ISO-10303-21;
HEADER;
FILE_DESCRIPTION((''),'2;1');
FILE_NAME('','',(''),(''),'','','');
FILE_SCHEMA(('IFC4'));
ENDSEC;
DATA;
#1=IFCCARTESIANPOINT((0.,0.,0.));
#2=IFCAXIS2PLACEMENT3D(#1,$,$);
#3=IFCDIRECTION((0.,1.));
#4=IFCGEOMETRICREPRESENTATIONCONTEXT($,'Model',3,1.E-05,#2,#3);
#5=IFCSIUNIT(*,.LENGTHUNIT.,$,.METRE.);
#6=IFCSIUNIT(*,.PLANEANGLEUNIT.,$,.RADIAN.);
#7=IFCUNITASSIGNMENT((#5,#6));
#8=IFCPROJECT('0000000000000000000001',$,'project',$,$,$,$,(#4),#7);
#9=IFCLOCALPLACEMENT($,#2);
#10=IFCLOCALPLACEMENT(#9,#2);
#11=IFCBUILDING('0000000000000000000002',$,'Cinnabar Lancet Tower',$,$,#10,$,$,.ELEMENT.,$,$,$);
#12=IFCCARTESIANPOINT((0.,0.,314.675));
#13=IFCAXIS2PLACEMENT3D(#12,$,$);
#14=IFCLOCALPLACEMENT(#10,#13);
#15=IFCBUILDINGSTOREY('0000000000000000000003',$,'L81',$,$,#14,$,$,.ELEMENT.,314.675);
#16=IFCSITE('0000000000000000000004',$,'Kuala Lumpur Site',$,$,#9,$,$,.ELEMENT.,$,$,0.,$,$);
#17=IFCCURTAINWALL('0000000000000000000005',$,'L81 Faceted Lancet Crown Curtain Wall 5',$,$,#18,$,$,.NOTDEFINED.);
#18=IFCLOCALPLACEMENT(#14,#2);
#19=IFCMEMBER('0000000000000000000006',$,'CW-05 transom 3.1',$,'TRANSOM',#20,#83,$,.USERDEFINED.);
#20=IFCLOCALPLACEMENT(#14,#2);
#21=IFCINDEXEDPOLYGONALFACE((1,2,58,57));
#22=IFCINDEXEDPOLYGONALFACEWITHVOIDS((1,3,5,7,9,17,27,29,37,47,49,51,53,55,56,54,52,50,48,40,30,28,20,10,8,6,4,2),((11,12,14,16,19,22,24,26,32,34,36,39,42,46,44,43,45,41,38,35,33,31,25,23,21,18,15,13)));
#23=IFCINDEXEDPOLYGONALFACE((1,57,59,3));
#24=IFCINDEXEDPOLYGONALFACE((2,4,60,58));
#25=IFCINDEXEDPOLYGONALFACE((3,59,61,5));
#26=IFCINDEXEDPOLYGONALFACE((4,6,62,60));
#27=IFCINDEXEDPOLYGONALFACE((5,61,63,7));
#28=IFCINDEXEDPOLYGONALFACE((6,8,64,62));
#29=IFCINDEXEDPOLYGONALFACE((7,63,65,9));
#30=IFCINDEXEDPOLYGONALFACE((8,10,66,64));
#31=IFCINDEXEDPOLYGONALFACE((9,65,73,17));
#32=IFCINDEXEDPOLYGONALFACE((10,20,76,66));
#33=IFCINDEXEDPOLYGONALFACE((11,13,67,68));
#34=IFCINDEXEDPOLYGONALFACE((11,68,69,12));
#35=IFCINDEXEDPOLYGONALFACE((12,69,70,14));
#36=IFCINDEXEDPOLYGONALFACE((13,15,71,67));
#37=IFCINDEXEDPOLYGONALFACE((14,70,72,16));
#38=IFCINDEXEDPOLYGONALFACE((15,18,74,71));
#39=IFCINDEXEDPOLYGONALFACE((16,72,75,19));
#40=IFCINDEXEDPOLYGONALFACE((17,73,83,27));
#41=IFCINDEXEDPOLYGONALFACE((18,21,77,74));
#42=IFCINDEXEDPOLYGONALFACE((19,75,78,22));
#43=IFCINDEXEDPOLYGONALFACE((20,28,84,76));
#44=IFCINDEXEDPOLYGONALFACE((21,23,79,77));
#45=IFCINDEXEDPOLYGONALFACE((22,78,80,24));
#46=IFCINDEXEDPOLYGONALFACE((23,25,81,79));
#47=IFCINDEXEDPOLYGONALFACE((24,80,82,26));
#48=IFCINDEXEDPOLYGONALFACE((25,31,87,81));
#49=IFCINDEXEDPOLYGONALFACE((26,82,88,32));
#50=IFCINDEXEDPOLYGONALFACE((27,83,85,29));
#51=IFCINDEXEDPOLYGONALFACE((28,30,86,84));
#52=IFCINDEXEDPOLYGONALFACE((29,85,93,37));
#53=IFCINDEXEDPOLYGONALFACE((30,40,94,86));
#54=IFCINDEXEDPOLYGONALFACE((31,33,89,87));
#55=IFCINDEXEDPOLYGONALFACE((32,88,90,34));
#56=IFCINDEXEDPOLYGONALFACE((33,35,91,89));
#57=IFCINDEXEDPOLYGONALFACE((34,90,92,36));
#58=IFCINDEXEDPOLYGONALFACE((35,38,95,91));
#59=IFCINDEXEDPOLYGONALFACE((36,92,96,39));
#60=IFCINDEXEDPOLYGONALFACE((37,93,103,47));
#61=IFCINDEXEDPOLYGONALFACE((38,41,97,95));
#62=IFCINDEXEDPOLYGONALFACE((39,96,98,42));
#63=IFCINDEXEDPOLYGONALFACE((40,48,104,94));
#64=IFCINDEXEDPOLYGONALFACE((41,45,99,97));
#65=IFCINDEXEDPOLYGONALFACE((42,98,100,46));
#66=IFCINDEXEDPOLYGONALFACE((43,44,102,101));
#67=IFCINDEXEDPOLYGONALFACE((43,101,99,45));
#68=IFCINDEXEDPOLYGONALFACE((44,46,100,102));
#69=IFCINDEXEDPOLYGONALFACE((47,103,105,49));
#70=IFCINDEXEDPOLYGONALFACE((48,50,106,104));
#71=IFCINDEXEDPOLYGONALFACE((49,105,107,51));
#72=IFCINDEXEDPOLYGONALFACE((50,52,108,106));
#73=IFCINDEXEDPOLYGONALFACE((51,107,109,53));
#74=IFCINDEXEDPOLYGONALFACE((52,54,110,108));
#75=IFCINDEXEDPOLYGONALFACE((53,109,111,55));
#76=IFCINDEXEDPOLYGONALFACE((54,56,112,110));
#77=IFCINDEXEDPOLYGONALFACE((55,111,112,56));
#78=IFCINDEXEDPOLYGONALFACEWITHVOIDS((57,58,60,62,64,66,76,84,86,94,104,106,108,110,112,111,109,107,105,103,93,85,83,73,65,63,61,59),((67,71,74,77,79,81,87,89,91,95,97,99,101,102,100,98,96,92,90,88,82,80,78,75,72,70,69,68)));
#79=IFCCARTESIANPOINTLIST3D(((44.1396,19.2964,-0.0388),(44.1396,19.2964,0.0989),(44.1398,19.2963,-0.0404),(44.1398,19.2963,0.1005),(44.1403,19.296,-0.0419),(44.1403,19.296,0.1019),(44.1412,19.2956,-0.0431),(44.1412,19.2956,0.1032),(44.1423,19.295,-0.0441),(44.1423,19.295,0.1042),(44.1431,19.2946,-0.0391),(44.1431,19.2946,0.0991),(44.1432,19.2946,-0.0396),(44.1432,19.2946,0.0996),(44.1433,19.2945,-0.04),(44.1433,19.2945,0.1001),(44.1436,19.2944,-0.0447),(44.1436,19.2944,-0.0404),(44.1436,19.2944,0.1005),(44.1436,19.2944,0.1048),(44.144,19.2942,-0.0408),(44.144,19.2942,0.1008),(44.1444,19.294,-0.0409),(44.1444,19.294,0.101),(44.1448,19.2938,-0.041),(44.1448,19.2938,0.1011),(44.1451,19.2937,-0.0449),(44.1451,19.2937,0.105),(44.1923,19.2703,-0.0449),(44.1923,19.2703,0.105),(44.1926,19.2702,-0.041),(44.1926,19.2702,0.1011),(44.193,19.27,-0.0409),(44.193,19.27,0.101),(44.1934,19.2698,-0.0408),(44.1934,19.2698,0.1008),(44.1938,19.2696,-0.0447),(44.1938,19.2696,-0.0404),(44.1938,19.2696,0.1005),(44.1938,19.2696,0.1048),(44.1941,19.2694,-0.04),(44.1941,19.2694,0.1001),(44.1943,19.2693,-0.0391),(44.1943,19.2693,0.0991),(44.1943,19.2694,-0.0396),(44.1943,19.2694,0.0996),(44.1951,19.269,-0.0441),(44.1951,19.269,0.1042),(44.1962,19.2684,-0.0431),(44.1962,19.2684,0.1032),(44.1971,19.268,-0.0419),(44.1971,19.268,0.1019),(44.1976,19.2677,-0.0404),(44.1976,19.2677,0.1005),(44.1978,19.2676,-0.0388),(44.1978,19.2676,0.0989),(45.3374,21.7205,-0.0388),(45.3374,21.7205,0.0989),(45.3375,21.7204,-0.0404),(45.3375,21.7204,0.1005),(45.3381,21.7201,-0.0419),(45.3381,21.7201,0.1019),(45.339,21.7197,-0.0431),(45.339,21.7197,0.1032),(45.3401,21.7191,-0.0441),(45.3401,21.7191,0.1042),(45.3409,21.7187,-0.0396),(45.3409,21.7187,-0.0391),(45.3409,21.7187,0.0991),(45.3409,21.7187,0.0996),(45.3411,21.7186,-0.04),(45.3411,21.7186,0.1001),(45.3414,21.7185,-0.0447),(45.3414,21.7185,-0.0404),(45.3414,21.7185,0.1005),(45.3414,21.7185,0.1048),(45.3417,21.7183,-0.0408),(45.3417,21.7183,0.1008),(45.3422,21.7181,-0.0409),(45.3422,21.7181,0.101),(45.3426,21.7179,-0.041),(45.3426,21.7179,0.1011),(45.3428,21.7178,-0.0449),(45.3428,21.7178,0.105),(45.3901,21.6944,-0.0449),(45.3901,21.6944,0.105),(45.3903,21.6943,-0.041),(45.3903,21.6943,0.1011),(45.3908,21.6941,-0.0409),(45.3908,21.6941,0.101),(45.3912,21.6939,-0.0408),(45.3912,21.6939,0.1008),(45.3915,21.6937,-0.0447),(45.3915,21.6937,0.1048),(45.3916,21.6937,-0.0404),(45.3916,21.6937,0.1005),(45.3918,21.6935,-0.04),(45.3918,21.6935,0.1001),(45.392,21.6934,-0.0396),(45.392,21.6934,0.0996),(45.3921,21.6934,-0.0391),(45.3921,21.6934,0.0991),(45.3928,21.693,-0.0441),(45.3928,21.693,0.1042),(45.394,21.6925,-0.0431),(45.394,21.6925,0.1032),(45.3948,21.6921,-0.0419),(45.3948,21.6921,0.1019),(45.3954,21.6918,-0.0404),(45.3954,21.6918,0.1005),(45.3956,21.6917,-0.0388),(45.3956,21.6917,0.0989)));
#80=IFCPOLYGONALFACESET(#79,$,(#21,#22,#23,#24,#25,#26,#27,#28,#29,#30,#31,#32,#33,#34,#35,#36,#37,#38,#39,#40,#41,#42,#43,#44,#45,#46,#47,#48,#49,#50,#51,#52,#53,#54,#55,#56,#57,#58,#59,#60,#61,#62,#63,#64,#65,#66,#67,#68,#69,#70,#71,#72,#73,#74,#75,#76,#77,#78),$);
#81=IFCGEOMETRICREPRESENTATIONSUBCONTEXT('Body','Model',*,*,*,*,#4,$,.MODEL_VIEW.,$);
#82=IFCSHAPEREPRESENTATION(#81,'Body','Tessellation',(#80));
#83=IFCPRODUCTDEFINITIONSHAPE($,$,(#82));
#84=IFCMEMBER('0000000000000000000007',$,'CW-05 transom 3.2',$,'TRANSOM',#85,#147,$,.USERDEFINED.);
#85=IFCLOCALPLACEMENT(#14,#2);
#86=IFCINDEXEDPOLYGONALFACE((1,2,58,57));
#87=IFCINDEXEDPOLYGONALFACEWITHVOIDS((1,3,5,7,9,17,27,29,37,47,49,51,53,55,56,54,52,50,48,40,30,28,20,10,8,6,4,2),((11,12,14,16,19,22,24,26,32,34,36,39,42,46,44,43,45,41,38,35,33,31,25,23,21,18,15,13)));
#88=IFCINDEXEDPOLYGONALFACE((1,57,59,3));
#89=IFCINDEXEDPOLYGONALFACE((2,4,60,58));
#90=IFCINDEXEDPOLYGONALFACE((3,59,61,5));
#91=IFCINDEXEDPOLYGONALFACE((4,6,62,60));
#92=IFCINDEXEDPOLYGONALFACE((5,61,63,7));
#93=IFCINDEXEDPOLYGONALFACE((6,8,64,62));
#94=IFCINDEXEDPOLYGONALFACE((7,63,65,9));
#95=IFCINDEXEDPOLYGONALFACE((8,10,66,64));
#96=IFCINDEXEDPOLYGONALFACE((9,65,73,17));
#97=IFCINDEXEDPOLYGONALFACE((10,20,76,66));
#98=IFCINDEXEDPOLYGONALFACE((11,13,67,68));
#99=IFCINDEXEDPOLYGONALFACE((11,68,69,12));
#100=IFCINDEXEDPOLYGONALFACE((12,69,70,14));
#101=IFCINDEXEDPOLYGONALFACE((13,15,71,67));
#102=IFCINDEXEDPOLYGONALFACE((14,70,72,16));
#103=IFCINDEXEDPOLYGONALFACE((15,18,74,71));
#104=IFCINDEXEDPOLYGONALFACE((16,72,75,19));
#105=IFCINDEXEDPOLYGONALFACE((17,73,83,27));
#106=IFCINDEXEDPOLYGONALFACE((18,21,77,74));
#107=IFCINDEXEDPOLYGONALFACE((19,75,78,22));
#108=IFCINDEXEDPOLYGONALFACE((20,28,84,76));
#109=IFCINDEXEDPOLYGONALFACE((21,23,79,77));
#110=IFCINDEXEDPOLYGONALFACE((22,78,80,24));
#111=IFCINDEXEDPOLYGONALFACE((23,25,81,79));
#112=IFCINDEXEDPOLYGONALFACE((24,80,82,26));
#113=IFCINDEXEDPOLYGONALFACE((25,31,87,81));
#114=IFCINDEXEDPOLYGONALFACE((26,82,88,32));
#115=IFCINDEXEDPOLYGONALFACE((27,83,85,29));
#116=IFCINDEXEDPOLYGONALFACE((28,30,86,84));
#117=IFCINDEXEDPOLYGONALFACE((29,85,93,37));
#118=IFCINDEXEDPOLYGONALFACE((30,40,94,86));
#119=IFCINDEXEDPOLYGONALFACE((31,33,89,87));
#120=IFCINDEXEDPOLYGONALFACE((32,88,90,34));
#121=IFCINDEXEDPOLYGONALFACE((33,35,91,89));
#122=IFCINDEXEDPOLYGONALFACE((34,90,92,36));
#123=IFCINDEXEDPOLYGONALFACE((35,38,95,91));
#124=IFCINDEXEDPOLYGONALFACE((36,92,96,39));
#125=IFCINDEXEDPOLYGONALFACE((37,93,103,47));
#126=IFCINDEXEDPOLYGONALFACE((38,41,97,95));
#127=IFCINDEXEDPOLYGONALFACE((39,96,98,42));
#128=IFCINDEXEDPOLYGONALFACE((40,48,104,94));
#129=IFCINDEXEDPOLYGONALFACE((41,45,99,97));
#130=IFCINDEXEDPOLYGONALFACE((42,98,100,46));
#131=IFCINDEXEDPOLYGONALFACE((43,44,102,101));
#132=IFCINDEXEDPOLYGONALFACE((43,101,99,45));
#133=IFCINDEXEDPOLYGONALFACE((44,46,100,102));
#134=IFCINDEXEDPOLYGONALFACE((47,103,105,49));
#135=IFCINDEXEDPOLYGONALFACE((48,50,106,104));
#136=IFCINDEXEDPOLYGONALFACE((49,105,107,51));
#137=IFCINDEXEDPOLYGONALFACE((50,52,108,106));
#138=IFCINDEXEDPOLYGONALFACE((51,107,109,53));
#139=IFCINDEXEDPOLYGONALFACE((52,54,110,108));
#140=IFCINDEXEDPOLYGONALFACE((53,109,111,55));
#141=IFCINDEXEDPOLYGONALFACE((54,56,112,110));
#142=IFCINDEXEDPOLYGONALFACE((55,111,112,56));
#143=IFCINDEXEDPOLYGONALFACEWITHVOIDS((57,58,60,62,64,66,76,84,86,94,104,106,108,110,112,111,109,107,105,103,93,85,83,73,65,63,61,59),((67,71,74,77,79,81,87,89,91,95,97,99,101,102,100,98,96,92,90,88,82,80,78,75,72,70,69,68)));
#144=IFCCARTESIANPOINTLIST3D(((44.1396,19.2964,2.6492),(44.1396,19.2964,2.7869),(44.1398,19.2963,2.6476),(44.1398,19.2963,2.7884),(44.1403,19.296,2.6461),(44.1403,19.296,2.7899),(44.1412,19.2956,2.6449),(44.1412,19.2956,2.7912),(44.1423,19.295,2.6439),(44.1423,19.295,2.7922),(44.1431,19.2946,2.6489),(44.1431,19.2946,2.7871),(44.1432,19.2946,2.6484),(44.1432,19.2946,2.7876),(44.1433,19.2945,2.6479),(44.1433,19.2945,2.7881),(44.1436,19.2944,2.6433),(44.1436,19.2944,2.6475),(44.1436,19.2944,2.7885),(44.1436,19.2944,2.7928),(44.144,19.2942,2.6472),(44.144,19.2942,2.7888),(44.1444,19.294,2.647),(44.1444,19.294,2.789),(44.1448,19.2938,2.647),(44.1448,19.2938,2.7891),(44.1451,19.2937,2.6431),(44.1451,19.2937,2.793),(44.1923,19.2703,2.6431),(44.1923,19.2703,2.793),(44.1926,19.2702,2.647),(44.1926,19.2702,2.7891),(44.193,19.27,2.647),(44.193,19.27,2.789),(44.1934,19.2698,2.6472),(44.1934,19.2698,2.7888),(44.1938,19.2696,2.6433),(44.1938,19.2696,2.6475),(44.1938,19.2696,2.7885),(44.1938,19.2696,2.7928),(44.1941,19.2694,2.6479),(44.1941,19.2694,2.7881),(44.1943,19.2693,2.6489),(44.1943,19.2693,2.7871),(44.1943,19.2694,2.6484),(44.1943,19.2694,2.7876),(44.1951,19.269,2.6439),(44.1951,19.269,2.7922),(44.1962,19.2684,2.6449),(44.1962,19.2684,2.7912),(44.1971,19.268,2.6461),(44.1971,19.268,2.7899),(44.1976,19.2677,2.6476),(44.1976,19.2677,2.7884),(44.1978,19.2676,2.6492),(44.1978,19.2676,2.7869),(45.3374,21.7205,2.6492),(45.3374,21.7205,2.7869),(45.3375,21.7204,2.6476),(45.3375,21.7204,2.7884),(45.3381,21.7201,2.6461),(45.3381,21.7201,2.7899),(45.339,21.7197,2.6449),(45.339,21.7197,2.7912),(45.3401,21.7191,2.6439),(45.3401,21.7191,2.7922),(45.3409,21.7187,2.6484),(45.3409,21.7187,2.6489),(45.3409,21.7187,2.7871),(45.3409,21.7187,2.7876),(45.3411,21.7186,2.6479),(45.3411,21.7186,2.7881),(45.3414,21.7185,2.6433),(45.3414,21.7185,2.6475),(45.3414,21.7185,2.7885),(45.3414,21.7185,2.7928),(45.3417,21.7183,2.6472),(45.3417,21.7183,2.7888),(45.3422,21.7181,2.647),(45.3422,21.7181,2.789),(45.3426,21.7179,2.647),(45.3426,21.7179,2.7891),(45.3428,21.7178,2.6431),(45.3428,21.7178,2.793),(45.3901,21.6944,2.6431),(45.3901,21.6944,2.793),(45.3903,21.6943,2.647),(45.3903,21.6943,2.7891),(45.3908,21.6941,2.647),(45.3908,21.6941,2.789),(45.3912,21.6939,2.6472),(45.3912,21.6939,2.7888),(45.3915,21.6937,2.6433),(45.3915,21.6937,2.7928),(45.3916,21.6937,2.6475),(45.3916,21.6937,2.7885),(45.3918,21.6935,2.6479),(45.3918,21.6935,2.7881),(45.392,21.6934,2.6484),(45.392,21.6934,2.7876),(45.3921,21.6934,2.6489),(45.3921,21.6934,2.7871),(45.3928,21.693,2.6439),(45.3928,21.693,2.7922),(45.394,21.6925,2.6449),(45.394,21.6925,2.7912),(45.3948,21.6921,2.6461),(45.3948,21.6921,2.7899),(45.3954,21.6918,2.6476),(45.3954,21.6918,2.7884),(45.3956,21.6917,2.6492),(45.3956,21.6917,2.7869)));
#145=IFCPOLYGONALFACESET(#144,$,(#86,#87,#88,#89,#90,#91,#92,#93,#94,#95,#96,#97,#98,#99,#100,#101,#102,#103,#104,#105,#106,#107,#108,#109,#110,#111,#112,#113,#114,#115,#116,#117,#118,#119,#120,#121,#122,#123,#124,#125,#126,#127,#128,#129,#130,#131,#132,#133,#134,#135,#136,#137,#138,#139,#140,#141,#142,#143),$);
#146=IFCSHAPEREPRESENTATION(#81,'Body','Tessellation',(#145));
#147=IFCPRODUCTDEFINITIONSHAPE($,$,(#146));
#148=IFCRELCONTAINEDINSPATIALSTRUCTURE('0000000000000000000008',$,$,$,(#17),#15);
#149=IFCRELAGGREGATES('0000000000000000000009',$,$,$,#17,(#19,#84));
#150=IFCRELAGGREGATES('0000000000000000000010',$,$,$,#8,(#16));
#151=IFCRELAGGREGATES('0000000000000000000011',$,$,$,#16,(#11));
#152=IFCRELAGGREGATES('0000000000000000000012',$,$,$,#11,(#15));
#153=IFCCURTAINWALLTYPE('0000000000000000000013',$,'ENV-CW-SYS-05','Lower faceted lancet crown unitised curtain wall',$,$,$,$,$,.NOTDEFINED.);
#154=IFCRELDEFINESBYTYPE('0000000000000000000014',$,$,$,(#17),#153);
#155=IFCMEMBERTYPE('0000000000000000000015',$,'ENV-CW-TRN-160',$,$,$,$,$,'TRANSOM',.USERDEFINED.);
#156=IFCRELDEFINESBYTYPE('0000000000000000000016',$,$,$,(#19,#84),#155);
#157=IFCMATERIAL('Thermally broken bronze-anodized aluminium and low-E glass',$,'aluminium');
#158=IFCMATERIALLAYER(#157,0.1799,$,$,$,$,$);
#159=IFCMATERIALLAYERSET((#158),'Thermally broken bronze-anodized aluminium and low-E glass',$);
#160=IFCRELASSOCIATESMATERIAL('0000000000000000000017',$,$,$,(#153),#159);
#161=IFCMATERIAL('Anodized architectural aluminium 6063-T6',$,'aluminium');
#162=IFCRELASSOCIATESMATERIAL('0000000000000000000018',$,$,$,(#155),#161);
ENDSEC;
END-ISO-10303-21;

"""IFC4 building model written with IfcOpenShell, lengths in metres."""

from ifc_helpers import new_model, si_unit, direction, frame, origin, origin_2d, place, context, subcontext, project, spatial, hollow_rectangle, extrude, material, layer, layer_set, material_profile, profile_set, type_object, element, aggregate, save


model = new_model("IFC4")

# Units and contexts
model_context = context("Model", 3, precision=1e-05, world=origin(), true_north=direction((0.0, 1.0)))
body_context = subcontext(model_context, "Body", "Model", "MODEL_VIEW")
ifc_project = project(units=[si_unit("LENGTHUNIT", "METRE"), si_unit("PLANEANGLEUNIT", "RADIAN")], contexts=[model_context])

# Site, building, storey
site_placement = place(None, origin())
site = spatial("IfcSite", under=ifc_project, at=site_placement, Name="Kuala Lumpur Site", CompositionType="ELEMENT", RefElevation=0.0)
building_placement = place(site_placement, origin())
building = spatial("IfcBuilding", under=site, at=building_placement, Name="Cinnabar Lancet Tower", CompositionType="ELEMENT")
storey_placement = place(building_placement, frame((0.0, 0.0, 314.675)))
storey = spatial("IfcBuildingStorey", under=building, at=storey_placement, Name="L81", CompositionType="ELEMENT", Elevation=314.675)

# Shared definitions
ifc_material_1 = material(Name="Thermally broken bronze-anodized aluminium and low-E glass", Category="aluminium")
ifc_layer_1 = layer(ifc_material_1, 0.1799)
ifc_layer_set_1 = layer_set([ifc_layer_1], Name="Thermally broken bronze-anodized aluminium and low-E glass")
curtain_wall_type = type_object("IfcCurtainWallType", Name="ENV-CW-SYS-05", Description="Lower faceted lancet crown unitised curtain wall", PredefinedType="NOTDEFINED", material=ifc_layer_set_1)

# Curtain wall, members
curtain_wall_1_placement = place(storey_placement, origin())
curtain_wall_1 = element("IfcCurtainWall", 1, at=curtain_wall_1_placement, inside=storey, type_object=curtain_wall_type, Name="L81 Faceted Lancet Crown Curtain Wall 5", PredefinedType="NOTDEFINED")
ifc_material_2 = material(Name="Anodized architectural aluminium 6063-T6", Category="aluminium")
ifc_material_profile_1 = material_profile(ifc_material_2, hollow_rectangle(XDim=0.0649, YDim=0.1499, WallThickness=0.0039, InnerFilletRadius=0.002, OuterFilletRadius=0.0061, at=origin_2d()), Name="CW-TRN 150x65x4")
ifc_profile_set_1 = profile_set([ifc_material_profile_1], Name="Anodized architectural aluminium 6063-T6")
member_type_1 = type_object("IfcMemberType", Name="ENV-CW-TRN-160", ElementType="TRANSOM", PredefinedType="USERDEFINED", material=ifc_profile_set_1)
member_1_placement = place(storey_placement, frame((44.1687, 19.282, 0.03), z_axis=(0.442983, 0.89653, 0.0), x_axis=(-0.89653, 0.442983, 0.0)))
member_1 = element("IfcMember", 2, at=member_1_placement, type_object=member_type_1, Name="CW-05 transom 3.1", ObjectType="TRANSOM", PredefinedType="USERDEFINED", context=body_context, shape_type="SweptSolid", body=[
    extrude(hollow_rectangle(XDim=0.0649, YDim=0.1499, WallThickness=0.0039, InnerFilletRadius=0.002, OuterFilletRadius=0.0061, at=origin_2d()), origin(), (0.0, 0.0, 1.0), 2.7039),
])
member_2_placement = place(storey_placement, frame((44.1687, 19.282, 2.718), z_axis=(0.442983, 0.89653, 0.0), x_axis=(-0.89653, 0.442983, 0.0)))
member_2 = element("IfcMember", 3, at=member_2_placement, type_object=member_type_1, Name="CW-05 transom 3.2", ObjectType="TRANSOM", PredefinedType="USERDEFINED", context=body_context, shape_type="SweptSolid", body=[
    extrude(hollow_rectangle(XDim=0.0649, YDim=0.1499, WallThickness=0.0039, InnerFilletRadius=0.002, OuterFilletRadius=0.0061, at=origin_2d()), origin(), (0.0, 0.0, 1.0), 2.7039),
])

aggregate(curtain_wall_1, [member_1, member_2])

save(model, "model.ifc")
